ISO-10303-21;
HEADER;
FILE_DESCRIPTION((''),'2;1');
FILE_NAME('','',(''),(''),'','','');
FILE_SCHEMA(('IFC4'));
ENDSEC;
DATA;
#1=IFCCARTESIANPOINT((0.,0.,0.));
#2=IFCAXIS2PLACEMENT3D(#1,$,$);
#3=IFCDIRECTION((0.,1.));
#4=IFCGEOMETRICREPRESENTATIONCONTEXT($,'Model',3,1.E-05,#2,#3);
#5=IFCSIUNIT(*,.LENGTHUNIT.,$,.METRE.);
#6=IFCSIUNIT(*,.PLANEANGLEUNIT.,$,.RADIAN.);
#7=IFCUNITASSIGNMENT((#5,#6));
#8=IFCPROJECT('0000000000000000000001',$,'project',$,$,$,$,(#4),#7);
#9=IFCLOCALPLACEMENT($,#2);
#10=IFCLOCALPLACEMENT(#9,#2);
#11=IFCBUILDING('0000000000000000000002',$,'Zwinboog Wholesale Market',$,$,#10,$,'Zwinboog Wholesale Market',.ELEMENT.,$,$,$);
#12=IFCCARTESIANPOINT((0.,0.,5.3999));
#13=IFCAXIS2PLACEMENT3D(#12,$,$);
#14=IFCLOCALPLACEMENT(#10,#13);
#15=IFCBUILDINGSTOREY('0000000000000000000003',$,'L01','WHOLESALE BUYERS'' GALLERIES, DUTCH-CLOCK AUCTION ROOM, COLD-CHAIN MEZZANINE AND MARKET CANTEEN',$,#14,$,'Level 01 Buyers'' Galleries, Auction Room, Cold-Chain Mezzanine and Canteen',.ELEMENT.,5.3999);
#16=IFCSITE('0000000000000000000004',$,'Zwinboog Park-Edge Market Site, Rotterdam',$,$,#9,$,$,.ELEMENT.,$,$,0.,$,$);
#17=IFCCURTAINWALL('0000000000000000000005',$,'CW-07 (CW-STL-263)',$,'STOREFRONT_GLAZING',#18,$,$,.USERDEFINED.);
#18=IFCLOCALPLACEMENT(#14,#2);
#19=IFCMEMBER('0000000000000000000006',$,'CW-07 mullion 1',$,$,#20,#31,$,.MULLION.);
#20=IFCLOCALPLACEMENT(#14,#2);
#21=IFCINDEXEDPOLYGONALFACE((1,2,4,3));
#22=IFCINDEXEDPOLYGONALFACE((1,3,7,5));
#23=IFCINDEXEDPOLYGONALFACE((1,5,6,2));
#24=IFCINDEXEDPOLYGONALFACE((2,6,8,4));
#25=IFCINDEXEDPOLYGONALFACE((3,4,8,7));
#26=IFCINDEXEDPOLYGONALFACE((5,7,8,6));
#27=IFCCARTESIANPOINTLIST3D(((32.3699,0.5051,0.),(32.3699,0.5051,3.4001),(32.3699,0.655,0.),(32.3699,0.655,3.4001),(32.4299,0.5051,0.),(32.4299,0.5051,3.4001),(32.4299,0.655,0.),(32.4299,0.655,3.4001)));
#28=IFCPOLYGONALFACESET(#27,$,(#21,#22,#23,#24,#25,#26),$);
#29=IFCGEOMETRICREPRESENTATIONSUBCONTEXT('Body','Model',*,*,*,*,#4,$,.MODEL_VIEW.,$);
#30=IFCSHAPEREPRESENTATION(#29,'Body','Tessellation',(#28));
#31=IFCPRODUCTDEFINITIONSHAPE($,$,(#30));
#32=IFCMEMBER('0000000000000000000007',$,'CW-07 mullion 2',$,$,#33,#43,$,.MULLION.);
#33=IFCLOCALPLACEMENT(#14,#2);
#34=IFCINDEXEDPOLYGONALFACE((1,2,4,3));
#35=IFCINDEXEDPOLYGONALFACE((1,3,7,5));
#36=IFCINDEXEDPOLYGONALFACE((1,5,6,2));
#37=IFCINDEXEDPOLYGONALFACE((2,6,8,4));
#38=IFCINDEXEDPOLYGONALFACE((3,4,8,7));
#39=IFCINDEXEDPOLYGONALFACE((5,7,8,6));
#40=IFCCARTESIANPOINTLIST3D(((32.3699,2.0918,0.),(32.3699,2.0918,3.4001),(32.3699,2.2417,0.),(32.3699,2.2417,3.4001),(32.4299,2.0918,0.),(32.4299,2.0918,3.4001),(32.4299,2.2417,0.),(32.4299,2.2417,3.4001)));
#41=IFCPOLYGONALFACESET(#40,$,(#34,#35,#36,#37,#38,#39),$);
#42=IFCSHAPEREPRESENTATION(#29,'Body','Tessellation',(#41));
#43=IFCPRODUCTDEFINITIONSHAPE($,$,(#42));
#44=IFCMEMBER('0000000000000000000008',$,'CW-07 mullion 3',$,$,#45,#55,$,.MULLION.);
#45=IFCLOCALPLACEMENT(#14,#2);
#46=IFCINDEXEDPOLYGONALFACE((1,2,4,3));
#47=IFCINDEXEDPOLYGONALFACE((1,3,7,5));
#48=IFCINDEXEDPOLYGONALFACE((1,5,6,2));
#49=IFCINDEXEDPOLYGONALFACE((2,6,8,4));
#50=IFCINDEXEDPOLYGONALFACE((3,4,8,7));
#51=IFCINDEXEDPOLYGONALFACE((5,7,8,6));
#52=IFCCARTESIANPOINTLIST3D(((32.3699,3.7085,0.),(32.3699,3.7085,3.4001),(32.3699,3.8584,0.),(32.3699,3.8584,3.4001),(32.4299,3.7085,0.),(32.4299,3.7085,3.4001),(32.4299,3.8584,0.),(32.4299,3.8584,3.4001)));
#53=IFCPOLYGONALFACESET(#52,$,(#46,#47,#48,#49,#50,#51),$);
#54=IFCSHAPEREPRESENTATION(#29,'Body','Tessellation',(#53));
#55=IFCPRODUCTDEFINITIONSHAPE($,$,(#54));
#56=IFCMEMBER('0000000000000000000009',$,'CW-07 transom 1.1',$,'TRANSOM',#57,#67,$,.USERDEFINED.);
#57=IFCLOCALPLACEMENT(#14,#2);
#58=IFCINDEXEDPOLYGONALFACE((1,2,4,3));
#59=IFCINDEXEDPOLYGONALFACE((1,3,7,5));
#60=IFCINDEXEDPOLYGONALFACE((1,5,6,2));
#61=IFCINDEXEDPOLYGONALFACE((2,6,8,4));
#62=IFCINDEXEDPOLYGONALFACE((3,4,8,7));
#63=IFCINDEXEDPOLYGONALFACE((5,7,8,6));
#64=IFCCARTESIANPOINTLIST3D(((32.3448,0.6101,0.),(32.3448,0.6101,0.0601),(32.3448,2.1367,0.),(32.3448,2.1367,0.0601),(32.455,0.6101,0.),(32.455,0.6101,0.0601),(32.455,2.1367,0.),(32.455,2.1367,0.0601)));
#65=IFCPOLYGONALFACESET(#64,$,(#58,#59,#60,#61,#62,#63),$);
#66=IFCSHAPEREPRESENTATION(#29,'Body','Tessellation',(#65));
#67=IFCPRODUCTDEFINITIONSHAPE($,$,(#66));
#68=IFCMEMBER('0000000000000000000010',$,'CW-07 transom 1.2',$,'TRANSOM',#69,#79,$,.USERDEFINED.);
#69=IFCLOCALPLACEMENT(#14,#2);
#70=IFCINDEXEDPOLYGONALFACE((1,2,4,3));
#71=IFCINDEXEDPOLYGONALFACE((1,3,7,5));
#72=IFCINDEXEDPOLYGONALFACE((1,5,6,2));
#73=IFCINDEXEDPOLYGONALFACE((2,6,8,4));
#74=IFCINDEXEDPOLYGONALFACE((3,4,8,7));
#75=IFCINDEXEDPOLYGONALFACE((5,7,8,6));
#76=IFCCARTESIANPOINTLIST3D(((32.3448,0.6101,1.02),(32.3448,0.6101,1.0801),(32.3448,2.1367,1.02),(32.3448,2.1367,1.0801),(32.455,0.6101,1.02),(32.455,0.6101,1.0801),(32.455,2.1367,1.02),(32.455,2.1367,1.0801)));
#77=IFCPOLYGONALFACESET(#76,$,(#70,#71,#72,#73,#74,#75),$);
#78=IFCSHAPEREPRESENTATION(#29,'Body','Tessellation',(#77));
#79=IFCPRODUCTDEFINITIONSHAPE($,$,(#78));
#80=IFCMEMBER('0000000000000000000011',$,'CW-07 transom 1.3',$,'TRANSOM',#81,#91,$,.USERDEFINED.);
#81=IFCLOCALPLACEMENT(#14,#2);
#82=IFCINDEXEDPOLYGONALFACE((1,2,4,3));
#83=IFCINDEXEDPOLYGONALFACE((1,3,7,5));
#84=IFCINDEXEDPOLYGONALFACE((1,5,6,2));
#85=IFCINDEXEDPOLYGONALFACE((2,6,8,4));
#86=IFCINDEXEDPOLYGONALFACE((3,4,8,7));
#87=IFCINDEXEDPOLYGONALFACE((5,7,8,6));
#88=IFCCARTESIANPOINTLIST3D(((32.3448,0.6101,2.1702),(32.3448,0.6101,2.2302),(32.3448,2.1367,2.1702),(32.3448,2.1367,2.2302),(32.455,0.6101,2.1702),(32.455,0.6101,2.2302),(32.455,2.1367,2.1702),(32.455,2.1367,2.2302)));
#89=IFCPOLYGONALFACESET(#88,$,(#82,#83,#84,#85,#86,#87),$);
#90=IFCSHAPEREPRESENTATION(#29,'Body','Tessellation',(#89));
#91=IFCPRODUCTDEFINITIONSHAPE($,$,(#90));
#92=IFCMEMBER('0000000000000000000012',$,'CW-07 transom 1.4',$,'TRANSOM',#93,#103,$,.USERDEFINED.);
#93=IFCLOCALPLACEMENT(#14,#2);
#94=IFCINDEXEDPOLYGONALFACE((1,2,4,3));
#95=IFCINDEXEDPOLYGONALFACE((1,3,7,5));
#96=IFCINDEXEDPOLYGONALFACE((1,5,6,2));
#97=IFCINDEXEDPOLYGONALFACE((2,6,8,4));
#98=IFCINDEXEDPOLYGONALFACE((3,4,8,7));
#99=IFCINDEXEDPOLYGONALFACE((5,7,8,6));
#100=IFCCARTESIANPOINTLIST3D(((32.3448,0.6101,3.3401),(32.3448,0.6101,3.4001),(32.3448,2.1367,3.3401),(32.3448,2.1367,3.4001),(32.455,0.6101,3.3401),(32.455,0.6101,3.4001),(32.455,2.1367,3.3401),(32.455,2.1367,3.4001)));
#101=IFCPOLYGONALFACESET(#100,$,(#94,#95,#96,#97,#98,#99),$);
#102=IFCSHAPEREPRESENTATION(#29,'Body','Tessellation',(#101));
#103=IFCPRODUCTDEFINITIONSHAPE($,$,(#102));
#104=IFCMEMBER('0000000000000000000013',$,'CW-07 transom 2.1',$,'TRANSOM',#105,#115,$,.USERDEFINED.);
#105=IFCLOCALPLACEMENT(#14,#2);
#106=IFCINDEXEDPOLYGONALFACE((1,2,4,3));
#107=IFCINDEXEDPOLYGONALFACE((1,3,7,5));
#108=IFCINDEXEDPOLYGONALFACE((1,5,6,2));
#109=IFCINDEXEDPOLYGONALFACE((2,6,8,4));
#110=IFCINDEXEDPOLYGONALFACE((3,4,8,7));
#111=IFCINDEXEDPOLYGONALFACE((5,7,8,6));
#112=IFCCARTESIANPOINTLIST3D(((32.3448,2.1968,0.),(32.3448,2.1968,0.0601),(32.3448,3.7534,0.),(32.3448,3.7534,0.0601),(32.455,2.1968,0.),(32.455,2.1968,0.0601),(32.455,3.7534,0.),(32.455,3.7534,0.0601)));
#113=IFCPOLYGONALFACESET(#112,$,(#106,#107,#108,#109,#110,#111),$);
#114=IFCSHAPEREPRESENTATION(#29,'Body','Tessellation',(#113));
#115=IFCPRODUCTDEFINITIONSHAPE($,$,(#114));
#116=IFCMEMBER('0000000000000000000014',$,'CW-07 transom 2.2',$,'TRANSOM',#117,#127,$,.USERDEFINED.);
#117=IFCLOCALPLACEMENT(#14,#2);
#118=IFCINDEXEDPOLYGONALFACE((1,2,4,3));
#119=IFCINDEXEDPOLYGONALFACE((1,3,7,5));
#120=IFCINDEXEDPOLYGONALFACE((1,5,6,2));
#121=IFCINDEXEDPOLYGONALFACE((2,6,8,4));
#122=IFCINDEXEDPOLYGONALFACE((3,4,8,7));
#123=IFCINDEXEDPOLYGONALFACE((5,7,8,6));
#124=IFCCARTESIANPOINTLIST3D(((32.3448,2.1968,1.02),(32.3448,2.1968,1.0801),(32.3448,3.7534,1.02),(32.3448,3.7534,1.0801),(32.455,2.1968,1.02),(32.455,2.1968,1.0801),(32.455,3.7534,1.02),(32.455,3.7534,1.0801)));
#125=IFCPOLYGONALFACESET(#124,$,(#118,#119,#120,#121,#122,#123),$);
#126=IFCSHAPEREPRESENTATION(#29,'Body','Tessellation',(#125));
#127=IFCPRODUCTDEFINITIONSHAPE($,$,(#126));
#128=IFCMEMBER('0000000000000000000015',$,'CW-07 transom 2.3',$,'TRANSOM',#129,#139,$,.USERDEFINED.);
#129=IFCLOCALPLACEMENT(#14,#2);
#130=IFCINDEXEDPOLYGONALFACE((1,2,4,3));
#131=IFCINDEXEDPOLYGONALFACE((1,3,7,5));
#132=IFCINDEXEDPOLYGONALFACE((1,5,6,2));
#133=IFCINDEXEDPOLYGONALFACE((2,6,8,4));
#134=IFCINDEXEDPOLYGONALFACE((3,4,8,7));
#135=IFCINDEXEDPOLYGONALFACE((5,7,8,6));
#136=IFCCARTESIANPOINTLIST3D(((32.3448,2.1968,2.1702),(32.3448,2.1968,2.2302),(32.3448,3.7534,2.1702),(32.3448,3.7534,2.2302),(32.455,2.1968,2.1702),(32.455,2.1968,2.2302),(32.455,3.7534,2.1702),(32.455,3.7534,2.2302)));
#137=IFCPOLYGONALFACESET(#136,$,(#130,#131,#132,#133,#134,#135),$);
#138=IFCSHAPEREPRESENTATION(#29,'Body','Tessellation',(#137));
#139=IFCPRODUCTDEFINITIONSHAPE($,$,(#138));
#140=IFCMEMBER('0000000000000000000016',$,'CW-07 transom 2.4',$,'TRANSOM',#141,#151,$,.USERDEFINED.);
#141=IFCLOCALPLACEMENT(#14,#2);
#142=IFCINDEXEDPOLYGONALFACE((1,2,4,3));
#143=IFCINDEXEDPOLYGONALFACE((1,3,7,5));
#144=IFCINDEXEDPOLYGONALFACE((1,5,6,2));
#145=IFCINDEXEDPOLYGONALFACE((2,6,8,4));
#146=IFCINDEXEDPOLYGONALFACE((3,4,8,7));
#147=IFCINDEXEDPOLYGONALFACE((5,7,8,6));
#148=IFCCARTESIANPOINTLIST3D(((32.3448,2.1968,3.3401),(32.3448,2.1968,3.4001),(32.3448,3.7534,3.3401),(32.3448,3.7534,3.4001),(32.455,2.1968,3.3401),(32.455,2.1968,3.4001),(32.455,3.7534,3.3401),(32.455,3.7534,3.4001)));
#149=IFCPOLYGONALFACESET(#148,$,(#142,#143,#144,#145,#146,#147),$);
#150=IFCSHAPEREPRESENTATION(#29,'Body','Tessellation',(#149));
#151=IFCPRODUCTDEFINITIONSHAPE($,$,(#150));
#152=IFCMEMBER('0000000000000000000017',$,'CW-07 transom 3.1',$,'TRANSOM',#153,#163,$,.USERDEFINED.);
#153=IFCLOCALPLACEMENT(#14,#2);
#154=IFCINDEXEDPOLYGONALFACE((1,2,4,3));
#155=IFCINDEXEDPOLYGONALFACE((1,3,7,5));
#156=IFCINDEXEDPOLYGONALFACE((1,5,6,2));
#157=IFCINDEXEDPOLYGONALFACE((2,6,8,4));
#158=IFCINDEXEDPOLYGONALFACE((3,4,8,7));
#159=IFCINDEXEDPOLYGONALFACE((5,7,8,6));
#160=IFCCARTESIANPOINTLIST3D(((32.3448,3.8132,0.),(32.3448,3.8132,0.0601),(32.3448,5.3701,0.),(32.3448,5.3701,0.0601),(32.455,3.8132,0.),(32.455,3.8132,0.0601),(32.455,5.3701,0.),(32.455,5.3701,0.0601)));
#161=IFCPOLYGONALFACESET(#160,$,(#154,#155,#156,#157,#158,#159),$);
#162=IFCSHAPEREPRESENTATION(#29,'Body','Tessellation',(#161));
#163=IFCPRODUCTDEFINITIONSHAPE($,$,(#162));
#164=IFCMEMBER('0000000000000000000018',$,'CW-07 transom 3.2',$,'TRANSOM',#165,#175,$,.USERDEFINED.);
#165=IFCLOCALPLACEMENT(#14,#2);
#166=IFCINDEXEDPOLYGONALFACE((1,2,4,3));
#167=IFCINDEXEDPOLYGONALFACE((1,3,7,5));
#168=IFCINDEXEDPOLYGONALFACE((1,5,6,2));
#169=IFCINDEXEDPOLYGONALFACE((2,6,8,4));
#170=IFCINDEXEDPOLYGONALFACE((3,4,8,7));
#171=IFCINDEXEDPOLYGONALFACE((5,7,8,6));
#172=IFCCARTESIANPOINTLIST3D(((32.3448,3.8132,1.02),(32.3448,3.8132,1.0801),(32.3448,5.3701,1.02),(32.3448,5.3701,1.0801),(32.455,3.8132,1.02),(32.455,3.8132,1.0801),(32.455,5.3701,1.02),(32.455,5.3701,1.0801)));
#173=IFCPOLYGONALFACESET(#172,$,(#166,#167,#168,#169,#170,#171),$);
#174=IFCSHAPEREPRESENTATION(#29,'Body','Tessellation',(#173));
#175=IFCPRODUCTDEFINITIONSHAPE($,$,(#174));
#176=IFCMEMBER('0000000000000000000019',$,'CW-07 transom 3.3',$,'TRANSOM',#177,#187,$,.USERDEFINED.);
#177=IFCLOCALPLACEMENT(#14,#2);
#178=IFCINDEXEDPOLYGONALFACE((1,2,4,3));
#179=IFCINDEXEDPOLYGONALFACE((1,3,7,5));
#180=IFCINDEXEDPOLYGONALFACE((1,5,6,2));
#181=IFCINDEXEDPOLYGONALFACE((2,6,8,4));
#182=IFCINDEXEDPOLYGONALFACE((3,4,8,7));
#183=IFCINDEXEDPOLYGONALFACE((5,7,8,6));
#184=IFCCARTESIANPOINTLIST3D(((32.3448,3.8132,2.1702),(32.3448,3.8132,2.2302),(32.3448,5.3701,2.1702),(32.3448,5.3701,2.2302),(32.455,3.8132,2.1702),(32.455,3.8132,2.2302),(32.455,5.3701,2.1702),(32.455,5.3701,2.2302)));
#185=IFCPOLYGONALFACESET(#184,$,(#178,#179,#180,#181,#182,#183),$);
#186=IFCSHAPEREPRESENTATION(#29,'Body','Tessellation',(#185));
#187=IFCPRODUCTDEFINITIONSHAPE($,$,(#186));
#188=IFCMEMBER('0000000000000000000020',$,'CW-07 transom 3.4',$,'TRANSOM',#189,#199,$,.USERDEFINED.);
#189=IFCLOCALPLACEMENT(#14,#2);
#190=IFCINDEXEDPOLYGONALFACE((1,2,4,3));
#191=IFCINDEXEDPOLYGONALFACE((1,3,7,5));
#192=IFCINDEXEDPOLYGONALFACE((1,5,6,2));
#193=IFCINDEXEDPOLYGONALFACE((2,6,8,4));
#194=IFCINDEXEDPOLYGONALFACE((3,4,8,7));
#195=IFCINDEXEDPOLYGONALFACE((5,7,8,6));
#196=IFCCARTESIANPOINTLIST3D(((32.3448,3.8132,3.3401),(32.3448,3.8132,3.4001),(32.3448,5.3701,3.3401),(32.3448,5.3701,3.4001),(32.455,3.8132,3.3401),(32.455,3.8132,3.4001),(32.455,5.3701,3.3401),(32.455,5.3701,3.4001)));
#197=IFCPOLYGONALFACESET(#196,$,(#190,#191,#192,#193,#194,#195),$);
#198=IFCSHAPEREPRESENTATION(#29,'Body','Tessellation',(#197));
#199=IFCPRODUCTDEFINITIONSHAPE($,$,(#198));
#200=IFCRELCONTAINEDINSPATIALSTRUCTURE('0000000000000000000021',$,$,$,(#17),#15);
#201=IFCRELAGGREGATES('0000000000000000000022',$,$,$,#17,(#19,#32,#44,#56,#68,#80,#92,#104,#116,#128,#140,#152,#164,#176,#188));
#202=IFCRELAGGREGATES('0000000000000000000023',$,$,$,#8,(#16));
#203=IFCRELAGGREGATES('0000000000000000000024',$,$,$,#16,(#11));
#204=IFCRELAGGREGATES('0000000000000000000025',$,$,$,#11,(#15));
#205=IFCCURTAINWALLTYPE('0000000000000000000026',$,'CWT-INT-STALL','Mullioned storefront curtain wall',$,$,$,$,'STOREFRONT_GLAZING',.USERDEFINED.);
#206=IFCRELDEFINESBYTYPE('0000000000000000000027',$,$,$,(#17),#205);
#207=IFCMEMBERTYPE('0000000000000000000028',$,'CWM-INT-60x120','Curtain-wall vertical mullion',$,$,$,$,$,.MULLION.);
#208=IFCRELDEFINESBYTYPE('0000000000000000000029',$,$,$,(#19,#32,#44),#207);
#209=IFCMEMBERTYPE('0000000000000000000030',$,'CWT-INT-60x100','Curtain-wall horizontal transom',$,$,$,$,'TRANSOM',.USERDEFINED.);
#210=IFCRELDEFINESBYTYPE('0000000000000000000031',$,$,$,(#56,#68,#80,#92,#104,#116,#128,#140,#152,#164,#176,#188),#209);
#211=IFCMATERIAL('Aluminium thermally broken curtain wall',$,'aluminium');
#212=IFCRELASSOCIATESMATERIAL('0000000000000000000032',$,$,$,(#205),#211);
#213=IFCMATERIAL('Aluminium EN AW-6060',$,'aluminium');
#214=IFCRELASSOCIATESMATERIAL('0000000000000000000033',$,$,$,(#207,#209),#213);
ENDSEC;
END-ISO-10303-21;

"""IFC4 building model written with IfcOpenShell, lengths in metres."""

from ifc_helpers import new_model, si_unit, direction, frame, origin, origin_2d, place, context, subcontext, project, spatial, rectangle, extrude, material, material_profile, profile_set, type_object, element, aggregate, save


model = new_model("IFC4")

# Units and contexts
model_context = context("Model", 3, precision=1e-05, world=origin(), true_north=direction((0.0, 1.0)))
body_context = subcontext(model_context, "Body", "Model", "MODEL_VIEW")
ifc_project = project(units=[si_unit("LENGTHUNIT", "METRE"), si_unit("PLANEANGLEUNIT", "RADIAN")], contexts=[model_context])

# Site, building, storey
site_placement = place(None, origin())
site = spatial("IfcSite", under=ifc_project, at=site_placement, Name="Zwinboog Park-Edge Market Site, Rotterdam", CompositionType="ELEMENT", RefElevation=0.0)
building_placement = place(site_placement, origin())
building = spatial("IfcBuilding", under=site, at=building_placement, Name="Zwinboog Wholesale Market", LongName="Zwinboog Wholesale Market", CompositionType="ELEMENT")
storey_placement = place(building_placement, frame((0.0, 0.0, 5.3999)))
storey = spatial("IfcBuildingStorey", under=building, at=storey_placement, Name="L01", Description="WHOLESALE BUYERS' GALLERIES, DUTCH-CLOCK AUCTION ROOM, COLD-CHAIN MEZZANINE AND MARKET CANTEEN", LongName="Level 01 Buyers' Galleries, Auction Room, Cold-Chain Mezzanine and Canteen", CompositionType="ELEMENT", Elevation=5.3999)

# Curtain wall, members
ifc_material_1 = material(Name="Aluminium thermally broken curtain wall", Category="aluminium")
curtain_wall_type = type_object("IfcCurtainWallType", Name="CWT-INT-STALL", Description="Mullioned storefront curtain wall", ElementType="STOREFRONT_GLAZING", PredefinedType="USERDEFINED", material=ifc_material_1)
curtain_wall_placement = place(storey_placement, origin())
curtain_wall = element("IfcCurtainWall", 1, at=curtain_wall_placement, inside=storey, type_object=curtain_wall_type, Name="CW-07 (CW-STL-263)", ObjectType="STOREFRONT_GLAZING", PredefinedType="USERDEFINED")
ifc_material_2 = material(Name="Aluminium EN AW-6060", Category="aluminium")
ifc_material_profile_1 = material_profile(ifc_material_2, rectangle(XDim=0.0601, YDim=0.1499, at=origin_2d()), Name="AL 60x150")
ifc_profile_set_1 = profile_set([ifc_material_profile_1], Name="Aluminium EN AW-6060")
member_type_1 = type_object("IfcMemberType", Name="CWM-INT-60x120", Description="Curtain-wall vertical mullion", PredefinedType="MULLION", material=ifc_profile_set_1)
member_1_placement = place(storey_placement, frame((32.3999, 0.5801, 0.0), z_axis=(0.0, 0.0, 1.0), x_axis=(-1.0, 0.0, 0.0)))
member_1 = element("IfcMember", 2, at=member_1_placement, type_object=member_type_1, Name="CW-07 mullion 1", PredefinedType="MULLION", context=body_context, shape_type="SweptSolid", body=[
    extrude(rectangle(XDim=0.0601, YDim=0.1499, at=origin_2d()), origin(), (0.0, 0.0, 1.0), 3.4001),
])
member_2_placement = place(storey_placement, frame((32.3999, 2.1667, 0.0), z_axis=(0.0, 0.0, 1.0), x_axis=(-1.0, 0.0, 0.0)))
member_2 = element("IfcMember", 3, at=member_2_placement, type_object=member_type_1, Name="CW-07 mullion 2", PredefinedType="MULLION", context=body_context, shape_type="SweptSolid", body=[
    extrude(rectangle(XDim=0.0601, YDim=0.1499, at=origin_2d()), origin(), (0.0, 0.0, 1.0), 3.4001),
])
member_3_placement = place(storey_placement, frame((32.3999, 3.7834, 0.0), z_axis=(0.0, 0.0, 1.0), x_axis=(-1.0, 0.0, 0.0)))
member_3 = element("IfcMember", 4, at=member_3_placement, type_object=member_type_1, Name="CW-07 mullion 3", PredefinedType="MULLION", context=body_context, shape_type="SweptSolid", body=[
    extrude(rectangle(XDim=0.0601, YDim=0.1499, at=origin_2d()), origin(), (0.0, 0.0, 1.0), 3.4001),
])
ifc_material_profile_2 = material_profile(ifc_material_2, rectangle(XDim=0.1101, YDim=0.0601, at=origin_2d()), Name="AL 60x110")
ifc_profile_set_2 = profile_set([ifc_material_profile_2], Name="Aluminium EN AW-6060")
member_type_2 = type_object("IfcMemberType", Name="CWT-INT-60x100", Description="Curtain-wall horizontal transom", ElementType="TRANSOM", PredefinedType="USERDEFINED", material=ifc_profile_set_2)
member_4_placement = place(storey_placement, frame((32.3999, 0.6101, 0.03), z_axis=(0.0, 1.0, 0.0), x_axis=(-1.0, 0.0, 0.0)))
member_4 = element("IfcMember", 5, at=member_4_placement, type_object=member_type_2, Name="CW-07 transom 1.1", ObjectType="TRANSOM", PredefinedType="USERDEFINED", context=body_context, shape_type="SweptSolid", body=[
    extrude(rectangle(XDim=0.1101, YDim=0.0601, at=origin_2d()), origin(), (0.0, 0.0, 1.0), 1.5266),
])
member_5_placement = place(storey_placement, frame((32.3999, 0.6101, 1.05), z_axis=(0.0, 1.0, 0.0), x_axis=(-1.0, 0.0, 0.0)))
member_5 = element("IfcMember", 6, at=member_5_placement, type_object=member_type_2, Name="CW-07 transom 1.2", ObjectType="TRANSOM", PredefinedType="USERDEFINED", context=body_context, shape_type="SweptSolid", body=[
    extrude(rectangle(XDim=0.1101, YDim=0.0601, at=origin_2d()), origin(), (0.0, 0.0, 1.0), 1.5266),
])
member_6_placement = place(storey_placement, frame((32.3999, 0.6101, 2.2002), z_axis=(0.0, 1.0, 0.0), x_axis=(-1.0, 0.0, 0.0)))
member_6 = element("IfcMember", 7, at=member_6_placement, type_object=member_type_2, Name="CW-07 transom 1.3", ObjectType="TRANSOM", PredefinedType="USERDEFINED", context=body_context, shape_type="SweptSolid", body=[
    extrude(rectangle(XDim=0.1101, YDim=0.0601, at=origin_2d()), origin(), (0.0, 0.0, 1.0), 1.5266),
])
member_7_placement = place(storey_placement, frame((32.3999, 0.6101, 3.3701), z_axis=(0.0, 1.0, 0.0), x_axis=(-1.0, 0.0, 0.0)))
member_7 = element("IfcMember", 8, at=member_7_placement, type_object=member_type_2, Name="CW-07 transom 1.4", ObjectType="TRANSOM", PredefinedType="USERDEFINED", context=body_context, shape_type="SweptSolid", body=[
    extrude(rectangle(XDim=0.1101, YDim=0.0601, at=origin_2d()), origin(), (0.0, 0.0, 1.0), 1.5266),
])
member_8_placement = place(storey_placement, frame((32.3999, 2.1968, 0.03), z_axis=(0.0, 1.0, 0.0), x_axis=(-1.0, 0.0, 0.0)))
member_8 = element("IfcMember", 9, at=member_8_placement, type_object=member_type_2, Name="CW-07 transom 2.1", ObjectType="TRANSOM", PredefinedType="USERDEFINED", context=body_context, shape_type="SweptSolid", body=[
    extrude(rectangle(XDim=0.1101, YDim=0.0601, at=origin_2d()), origin(), (0.0, 0.0, 1.0), 1.5566),
])
member_9_placement = place(storey_placement, frame((32.3999, 2.1968, 1.05), z_axis=(0.0, 1.0, 0.0), x_axis=(-1.0, 0.0, 0.0)))
member_9 = element("IfcMember", 10, at=member_9_placement, type_object=member_type_2, Name="CW-07 transom 2.2", ObjectType="TRANSOM", PredefinedType="USERDEFINED", context=body_context, shape_type="SweptSolid", body=[
    extrude(rectangle(XDim=0.1101, YDim=0.0601, at=origin_2d()), origin(), (0.0, 0.0, 1.0), 1.5566),
])
member_10_placement = place(storey_placement, frame((32.3999, 2.1968, 2.2002), z_axis=(0.0, 1.0, 0.0), x_axis=(-1.0, 0.0, 0.0)))
member_10 = element("IfcMember", 11, at=member_10_placement, type_object=member_type_2, Name="CW-07 transom 2.3", ObjectType="TRANSOM", PredefinedType="USERDEFINED", context=body_context, shape_type="SweptSolid", body=[
    extrude(rectangle(XDim=0.1101, YDim=0.0601, at=origin_2d()), origin(), (0.0, 0.0, 1.0), 1.5566),
])
member_11_placement = place(storey_placement, frame((32.3999, 2.1968, 3.3701), z_axis=(0.0, 1.0, 0.0), x_axis=(-1.0, 0.0, 0.0)))
member_11 = element("IfcMember", 12, at=member_11_placement, type_object=member_type_2, Name="CW-07 transom 2.4", ObjectType="TRANSOM", PredefinedType="USERDEFINED", context=body_context, shape_type="SweptSolid", body=[
    extrude(rectangle(XDim=0.1101, YDim=0.0601, at=origin_2d()), origin(), (0.0, 0.0, 1.0), 1.5566),
])
member_12_placement = place(storey_placement, frame((32.3999, 3.8132, 0.03), z_axis=(0.0, 1.0, 0.0), x_axis=(-1.0, 0.0, 0.0)))
member_12 = element("IfcMember", 13, at=member_12_placement, type_object=member_type_2, Name="CW-07 transom 3.1", ObjectType="TRANSOM", PredefinedType="USERDEFINED", context=body_context, shape_type="SweptSolid", body=[
    extrude(rectangle(XDim=0.1101, YDim=0.0601, at=origin_2d()), origin(), (0.0, 0.0, 1.0), 1.5569),
])
member_13_placement = place(storey_placement, frame((32.3999, 3.8132, 1.05), z_axis=(0.0, 1.0, 0.0), x_axis=(-1.0, 0.0, 0.0)))
member_13 = element("IfcMember", 14, at=member_13_placement, type_object=member_type_2, Name="CW-07 transom 3.2", ObjectType="TRANSOM", PredefinedType="USERDEFINED", context=body_context, shape_type="SweptSolid", body=[
    extrude(rectangle(XDim=0.1101, YDim=0.0601, at=origin_2d()), origin(), (0.0, 0.0, 1.0), 1.5569),
])
member_14_placement = place(storey_placement, frame((32.3999, 3.8132, 2.2002), z_axis=(0.0, 1.0, 0.0), x_axis=(-1.0, 0.0, 0.0)))
member_14 = element("IfcMember", 15, at=member_14_placement, type_object=member_type_2, Name="CW-07 transom 3.3", ObjectType="TRANSOM", PredefinedType="USERDEFINED", context=body_context, shape_type="SweptSolid", body=[
    extrude(rectangle(XDim=0.1101, YDim=0.0601, at=origin_2d()), origin(), (0.0, 0.0, 1.0), 1.5569),
])
member_15_placement = place(storey_placement, frame((32.3999, 3.8132, 3.3701), z_axis=(0.0, 1.0, 0.0), x_axis=(-1.0, 0.0, 0.0)))
member_15 = element("IfcMember", 16, at=member_15_placement, type_object=member_type_2, Name="CW-07 transom 3.4", ObjectType="TRANSOM", PredefinedType="USERDEFINED", context=body_context, shape_type="SweptSolid", body=[
    extrude(rectangle(XDim=0.1101, YDim=0.0601, at=origin_2d()), origin(), (0.0, 0.0, 1.0), 1.5569),
])
aggregate(curtain_wall, [member_1, member_2, member_3, member_4, member_5, member_6, member_7, member_8, member_9, member_10, member_11, member_12, member_13, member_14, member_15])

save(model, "model.ifc")
